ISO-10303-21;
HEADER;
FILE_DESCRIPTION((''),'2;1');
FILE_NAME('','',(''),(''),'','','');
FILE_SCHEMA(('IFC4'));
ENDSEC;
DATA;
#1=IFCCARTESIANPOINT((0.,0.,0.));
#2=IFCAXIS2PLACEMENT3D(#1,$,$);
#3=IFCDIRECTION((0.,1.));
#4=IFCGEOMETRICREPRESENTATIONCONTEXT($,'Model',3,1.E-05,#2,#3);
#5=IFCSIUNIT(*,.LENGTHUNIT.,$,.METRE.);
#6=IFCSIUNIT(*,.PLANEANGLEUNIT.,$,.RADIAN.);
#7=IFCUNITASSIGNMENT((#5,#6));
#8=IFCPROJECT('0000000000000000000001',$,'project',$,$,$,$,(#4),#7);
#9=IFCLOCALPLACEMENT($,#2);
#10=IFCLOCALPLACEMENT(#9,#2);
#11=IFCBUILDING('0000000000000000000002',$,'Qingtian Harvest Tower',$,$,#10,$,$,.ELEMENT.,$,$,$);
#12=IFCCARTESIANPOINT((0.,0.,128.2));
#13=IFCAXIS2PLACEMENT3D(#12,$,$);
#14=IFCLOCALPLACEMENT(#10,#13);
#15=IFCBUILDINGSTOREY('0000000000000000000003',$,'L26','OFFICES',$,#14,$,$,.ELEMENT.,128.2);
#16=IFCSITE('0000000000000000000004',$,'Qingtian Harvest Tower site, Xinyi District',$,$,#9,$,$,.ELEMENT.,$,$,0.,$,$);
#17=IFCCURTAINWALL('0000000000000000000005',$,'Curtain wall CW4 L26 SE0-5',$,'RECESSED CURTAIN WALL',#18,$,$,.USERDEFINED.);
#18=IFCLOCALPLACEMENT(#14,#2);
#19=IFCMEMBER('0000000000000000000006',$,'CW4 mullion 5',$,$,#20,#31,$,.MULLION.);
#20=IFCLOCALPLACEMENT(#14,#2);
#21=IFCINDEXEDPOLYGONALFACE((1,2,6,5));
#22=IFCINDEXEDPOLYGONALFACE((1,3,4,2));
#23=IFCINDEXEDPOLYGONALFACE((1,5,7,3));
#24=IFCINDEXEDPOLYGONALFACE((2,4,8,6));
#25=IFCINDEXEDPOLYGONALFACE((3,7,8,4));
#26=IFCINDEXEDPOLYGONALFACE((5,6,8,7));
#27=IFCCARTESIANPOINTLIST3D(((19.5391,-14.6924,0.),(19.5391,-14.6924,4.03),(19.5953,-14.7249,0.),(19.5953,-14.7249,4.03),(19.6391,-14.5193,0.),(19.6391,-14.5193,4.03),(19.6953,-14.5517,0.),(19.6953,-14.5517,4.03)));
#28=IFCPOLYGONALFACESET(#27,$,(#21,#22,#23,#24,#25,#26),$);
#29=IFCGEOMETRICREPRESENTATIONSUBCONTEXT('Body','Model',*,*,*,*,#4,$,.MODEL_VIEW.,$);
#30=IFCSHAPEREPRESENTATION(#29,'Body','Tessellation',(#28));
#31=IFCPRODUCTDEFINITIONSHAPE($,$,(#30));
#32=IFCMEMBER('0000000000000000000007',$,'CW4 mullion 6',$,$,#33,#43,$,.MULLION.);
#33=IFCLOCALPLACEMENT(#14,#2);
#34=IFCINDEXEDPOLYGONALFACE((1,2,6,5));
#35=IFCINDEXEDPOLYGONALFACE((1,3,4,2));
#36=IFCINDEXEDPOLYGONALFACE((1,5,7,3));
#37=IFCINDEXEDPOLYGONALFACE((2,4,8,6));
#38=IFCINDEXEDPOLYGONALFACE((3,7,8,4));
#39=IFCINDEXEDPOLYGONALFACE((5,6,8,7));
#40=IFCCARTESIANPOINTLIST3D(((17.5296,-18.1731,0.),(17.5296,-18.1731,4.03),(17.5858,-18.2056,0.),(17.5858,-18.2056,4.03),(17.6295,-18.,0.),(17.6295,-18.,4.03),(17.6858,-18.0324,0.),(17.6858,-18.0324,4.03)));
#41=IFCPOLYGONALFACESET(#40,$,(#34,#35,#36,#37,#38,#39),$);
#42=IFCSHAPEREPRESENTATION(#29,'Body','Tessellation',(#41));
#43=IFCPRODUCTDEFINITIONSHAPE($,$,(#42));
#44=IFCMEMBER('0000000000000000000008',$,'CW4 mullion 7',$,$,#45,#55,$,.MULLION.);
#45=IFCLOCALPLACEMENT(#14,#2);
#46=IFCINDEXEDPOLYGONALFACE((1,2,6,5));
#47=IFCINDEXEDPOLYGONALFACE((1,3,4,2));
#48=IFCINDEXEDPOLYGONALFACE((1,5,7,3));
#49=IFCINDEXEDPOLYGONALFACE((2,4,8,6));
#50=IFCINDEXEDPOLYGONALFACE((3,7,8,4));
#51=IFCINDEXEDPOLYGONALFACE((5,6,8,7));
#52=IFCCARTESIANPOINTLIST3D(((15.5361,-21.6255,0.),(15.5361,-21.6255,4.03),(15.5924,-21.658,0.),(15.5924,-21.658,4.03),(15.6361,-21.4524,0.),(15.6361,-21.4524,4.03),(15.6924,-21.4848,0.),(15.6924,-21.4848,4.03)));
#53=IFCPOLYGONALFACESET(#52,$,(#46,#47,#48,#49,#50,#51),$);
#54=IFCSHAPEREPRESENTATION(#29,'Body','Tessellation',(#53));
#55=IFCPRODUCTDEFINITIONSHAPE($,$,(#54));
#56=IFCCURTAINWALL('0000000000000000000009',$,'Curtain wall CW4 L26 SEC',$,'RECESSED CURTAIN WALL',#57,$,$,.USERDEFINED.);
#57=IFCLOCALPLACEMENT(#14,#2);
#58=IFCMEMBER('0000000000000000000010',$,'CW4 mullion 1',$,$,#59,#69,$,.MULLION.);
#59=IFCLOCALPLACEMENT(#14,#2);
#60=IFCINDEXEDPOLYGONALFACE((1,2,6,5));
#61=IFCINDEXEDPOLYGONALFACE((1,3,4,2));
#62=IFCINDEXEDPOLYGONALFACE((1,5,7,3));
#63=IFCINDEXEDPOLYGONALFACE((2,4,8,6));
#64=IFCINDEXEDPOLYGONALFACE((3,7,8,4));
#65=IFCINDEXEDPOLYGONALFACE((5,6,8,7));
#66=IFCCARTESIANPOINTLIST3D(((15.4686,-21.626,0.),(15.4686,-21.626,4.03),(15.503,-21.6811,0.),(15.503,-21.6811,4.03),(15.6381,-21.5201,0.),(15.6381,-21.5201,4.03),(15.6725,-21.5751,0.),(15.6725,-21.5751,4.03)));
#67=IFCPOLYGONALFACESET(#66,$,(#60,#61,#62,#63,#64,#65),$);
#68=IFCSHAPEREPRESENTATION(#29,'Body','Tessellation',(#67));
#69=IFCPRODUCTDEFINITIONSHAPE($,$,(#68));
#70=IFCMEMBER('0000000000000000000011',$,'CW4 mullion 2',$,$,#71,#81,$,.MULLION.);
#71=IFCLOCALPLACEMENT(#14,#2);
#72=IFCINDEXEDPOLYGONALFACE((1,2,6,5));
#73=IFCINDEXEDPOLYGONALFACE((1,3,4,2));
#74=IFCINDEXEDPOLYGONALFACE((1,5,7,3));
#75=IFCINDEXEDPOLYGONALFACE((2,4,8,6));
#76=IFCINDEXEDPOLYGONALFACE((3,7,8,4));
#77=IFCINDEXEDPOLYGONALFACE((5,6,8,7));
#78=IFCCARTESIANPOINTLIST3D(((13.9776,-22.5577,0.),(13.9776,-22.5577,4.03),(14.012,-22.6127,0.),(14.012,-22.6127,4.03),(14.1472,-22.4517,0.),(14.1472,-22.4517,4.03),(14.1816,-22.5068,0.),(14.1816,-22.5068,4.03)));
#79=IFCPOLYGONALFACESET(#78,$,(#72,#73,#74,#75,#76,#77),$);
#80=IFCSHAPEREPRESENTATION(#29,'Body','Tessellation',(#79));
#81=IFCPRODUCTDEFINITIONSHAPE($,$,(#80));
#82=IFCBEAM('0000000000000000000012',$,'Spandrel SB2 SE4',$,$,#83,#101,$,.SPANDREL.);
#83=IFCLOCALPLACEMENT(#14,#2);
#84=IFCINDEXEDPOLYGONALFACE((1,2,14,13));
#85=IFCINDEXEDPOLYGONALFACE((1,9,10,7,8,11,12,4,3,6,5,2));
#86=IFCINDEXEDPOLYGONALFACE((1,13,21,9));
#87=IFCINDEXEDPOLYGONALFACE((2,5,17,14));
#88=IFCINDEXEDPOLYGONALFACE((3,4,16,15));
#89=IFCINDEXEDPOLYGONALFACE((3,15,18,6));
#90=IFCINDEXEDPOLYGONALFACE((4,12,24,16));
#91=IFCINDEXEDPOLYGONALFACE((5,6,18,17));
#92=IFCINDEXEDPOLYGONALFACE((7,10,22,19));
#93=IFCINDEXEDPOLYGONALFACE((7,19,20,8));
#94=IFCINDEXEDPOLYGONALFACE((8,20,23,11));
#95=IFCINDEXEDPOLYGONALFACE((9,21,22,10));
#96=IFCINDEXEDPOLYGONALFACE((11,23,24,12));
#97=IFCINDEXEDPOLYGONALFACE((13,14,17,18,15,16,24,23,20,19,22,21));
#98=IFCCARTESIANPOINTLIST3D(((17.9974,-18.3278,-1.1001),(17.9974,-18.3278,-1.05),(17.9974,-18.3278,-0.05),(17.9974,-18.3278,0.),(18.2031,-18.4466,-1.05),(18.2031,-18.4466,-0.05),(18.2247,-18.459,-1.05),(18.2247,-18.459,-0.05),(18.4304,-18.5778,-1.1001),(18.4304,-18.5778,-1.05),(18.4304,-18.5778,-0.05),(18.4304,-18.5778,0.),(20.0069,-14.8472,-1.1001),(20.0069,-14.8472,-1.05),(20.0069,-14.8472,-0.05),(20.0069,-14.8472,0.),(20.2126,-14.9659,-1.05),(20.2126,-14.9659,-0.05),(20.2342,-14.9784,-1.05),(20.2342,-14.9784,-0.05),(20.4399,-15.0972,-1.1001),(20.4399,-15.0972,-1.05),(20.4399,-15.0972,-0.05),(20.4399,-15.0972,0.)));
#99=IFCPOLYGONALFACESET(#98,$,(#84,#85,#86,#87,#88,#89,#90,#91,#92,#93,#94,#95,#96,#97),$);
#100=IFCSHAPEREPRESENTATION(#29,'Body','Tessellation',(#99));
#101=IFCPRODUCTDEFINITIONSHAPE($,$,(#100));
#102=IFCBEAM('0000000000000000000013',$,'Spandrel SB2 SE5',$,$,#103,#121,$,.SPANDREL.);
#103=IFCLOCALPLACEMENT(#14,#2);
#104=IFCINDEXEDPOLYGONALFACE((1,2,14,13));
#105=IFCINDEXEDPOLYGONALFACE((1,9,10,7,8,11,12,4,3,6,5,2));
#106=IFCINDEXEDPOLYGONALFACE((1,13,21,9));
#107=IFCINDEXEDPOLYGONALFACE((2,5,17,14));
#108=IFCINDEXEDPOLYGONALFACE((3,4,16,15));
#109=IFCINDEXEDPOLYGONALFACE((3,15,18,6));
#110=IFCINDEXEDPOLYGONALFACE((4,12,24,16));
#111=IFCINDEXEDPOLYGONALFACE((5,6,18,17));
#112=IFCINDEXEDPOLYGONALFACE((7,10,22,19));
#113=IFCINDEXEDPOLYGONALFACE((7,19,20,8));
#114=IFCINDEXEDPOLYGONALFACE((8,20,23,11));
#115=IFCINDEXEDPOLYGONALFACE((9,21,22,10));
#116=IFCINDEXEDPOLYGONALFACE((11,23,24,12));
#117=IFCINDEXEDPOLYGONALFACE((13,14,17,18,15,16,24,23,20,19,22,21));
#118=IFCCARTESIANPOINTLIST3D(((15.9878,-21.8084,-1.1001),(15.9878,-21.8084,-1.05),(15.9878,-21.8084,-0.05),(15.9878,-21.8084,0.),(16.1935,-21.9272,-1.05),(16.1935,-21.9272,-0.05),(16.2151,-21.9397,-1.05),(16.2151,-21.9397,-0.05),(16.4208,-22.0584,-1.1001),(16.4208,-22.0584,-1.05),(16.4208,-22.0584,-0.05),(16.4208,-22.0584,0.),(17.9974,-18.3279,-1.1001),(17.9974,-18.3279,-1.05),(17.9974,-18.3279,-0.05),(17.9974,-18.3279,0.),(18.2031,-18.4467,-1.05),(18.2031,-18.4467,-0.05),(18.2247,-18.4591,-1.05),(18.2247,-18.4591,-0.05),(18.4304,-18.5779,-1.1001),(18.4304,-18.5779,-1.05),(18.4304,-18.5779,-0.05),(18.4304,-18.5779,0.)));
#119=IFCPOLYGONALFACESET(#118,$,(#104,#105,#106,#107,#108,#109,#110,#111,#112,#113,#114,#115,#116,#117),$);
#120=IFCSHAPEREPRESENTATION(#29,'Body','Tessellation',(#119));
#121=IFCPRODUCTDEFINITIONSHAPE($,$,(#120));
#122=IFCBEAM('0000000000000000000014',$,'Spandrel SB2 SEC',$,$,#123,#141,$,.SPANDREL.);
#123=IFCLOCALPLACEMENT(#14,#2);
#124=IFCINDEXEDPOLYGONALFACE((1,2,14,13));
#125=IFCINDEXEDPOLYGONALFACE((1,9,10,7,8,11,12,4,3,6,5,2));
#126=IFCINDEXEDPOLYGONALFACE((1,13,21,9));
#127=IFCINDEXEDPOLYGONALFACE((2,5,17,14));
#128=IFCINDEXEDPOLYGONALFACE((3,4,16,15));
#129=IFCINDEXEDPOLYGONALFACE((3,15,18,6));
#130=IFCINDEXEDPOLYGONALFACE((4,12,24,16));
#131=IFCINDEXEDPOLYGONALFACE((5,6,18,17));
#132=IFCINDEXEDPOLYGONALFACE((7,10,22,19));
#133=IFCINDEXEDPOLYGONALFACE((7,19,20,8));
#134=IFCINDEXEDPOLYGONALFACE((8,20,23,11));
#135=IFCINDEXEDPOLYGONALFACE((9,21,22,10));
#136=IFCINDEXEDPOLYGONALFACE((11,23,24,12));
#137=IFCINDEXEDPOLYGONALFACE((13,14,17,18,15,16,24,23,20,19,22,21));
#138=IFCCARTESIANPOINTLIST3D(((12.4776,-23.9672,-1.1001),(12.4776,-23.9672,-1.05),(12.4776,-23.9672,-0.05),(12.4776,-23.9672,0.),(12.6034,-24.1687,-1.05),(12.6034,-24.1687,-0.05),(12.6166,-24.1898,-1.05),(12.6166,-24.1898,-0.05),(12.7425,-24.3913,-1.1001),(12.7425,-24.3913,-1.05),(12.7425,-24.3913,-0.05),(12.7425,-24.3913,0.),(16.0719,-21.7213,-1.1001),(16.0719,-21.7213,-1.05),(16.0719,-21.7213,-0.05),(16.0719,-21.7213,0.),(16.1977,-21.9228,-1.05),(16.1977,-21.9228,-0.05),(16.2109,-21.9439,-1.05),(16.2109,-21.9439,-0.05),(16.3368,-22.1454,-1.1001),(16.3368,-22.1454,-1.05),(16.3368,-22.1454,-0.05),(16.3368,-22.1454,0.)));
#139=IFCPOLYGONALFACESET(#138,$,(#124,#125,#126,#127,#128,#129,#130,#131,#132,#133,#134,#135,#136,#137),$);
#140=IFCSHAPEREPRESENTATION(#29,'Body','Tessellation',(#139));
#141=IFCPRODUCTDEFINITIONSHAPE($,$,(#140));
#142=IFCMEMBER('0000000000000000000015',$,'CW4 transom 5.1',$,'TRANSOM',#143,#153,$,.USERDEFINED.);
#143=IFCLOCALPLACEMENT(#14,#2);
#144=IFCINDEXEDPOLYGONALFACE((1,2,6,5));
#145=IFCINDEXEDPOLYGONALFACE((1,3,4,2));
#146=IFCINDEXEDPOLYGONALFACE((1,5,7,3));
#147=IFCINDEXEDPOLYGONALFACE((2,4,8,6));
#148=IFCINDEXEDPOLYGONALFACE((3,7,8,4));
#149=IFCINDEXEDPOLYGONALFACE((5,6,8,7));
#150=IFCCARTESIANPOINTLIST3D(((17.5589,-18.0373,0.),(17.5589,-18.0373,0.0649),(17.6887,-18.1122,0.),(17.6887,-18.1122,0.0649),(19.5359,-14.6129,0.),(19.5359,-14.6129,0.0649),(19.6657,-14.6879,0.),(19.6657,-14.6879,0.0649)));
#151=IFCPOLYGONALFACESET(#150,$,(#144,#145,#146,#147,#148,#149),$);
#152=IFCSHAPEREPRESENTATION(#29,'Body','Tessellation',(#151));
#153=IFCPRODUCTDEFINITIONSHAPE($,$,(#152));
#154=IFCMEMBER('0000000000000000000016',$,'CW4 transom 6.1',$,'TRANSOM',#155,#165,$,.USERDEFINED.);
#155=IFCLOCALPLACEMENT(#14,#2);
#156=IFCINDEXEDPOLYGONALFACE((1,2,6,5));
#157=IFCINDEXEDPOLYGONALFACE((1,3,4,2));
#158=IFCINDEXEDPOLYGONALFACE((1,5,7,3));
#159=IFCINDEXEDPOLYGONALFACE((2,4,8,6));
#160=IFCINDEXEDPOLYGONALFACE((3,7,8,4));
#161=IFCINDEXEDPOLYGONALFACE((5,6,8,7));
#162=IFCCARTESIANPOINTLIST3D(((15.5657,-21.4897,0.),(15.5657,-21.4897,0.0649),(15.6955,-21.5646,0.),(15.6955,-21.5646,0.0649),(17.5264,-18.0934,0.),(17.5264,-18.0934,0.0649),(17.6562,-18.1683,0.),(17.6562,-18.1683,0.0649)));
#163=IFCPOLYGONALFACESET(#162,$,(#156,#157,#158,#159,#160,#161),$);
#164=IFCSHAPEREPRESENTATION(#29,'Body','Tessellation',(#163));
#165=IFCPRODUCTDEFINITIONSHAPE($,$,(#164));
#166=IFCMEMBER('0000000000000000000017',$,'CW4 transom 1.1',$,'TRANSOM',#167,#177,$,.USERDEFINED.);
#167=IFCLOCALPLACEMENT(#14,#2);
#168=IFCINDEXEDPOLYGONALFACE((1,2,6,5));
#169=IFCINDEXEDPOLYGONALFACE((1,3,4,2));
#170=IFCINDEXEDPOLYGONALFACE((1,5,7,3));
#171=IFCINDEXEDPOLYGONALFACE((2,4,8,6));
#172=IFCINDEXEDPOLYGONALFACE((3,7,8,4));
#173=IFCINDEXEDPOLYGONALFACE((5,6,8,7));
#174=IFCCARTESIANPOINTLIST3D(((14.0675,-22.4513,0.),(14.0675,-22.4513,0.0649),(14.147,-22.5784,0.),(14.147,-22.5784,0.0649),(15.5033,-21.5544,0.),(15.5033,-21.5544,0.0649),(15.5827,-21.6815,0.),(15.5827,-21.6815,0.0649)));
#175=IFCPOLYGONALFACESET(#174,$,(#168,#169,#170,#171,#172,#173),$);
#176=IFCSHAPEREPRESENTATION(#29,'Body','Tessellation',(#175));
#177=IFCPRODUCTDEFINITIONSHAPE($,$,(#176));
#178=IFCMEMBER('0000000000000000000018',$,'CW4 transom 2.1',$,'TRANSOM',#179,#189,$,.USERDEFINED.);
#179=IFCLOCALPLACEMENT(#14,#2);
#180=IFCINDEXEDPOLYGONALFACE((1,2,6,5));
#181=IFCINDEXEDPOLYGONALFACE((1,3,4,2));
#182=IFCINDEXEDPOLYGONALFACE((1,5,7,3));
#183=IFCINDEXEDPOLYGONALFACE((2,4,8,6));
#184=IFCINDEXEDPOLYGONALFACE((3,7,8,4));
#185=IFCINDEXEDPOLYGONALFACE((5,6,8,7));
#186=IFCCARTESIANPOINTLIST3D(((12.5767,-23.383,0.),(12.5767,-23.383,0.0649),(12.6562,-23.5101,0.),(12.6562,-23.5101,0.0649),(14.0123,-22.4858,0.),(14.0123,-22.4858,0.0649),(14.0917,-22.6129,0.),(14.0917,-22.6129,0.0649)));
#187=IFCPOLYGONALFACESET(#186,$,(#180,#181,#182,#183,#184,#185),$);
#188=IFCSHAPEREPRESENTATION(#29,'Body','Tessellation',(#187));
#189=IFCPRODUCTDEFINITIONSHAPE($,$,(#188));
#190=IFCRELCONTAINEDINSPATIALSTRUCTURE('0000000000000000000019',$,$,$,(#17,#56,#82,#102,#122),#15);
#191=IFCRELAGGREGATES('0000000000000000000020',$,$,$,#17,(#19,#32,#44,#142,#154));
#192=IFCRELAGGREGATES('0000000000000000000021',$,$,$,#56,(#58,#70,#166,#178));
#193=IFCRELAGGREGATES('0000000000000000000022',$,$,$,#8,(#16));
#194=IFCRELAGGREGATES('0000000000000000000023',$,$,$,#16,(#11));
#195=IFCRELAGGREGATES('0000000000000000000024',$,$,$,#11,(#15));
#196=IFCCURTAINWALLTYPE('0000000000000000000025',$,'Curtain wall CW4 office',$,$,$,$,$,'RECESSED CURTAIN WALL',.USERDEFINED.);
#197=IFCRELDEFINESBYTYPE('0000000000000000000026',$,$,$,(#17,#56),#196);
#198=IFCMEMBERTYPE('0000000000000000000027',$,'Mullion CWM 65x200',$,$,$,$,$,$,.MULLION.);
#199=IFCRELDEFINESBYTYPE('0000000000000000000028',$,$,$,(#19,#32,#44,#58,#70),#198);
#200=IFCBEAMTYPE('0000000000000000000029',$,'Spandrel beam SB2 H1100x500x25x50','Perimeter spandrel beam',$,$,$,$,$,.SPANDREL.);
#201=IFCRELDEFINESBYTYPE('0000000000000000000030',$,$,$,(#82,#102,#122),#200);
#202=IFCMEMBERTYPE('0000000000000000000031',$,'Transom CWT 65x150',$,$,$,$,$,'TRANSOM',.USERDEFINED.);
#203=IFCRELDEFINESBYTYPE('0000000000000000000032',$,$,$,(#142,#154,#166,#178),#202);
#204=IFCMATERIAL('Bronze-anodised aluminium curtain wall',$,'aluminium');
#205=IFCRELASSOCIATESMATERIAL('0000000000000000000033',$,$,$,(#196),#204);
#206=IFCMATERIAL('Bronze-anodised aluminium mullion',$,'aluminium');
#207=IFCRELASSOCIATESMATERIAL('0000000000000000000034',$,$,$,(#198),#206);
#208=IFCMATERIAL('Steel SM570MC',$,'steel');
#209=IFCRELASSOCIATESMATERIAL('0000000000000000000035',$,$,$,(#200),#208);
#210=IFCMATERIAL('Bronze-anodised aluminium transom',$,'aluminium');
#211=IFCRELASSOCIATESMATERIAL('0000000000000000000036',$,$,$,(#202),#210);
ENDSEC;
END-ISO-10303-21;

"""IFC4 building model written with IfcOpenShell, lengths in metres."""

from ifc_helpers import new_model, si_unit, direction, frame, origin, origin_2d, place, context, subcontext, project, spatial, rectangle, i_section, extrude, material, material_profile, profile_set, type_object, element, aggregate, save


model = new_model("IFC4")

# Units and contexts
model_context = context("Model", 3, precision=1e-05, world=origin(), true_north=direction((0.0, 1.0)))
body_context = subcontext(model_context, "Body", "Model", "MODEL_VIEW")
ifc_project = project(units=[si_unit("LENGTHUNIT", "METRE"), si_unit("PLANEANGLEUNIT", "RADIAN")], contexts=[model_context])

# Site, building, storey
site_placement = place(None, origin())
site = spatial("IfcSite", under=ifc_project, at=site_placement, Name="Qingtian Harvest Tower site, Xinyi District", CompositionType="ELEMENT", RefElevation=0.0)
building_placement = place(site_placement, origin())
building = spatial("IfcBuilding", under=site, at=building_placement, Name="Qingtian Harvest Tower", CompositionType="ELEMENT")
storey_placement = place(building_placement, frame((0.0, 0.0, 128.2)))
storey = spatial("IfcBuildingStorey", under=building, at=storey_placement, Name="L26", Description="OFFICES", CompositionType="ELEMENT", Elevation=128.2)

# Curtain walls, members
ifc_material_1 = material(Name="Bronze-anodised aluminium curtain wall", Category="aluminium")
curtain_wall_type = type_object("IfcCurtainWallType", Name="Curtain wall CW4 office", ElementType="RECESSED CURTAIN WALL", PredefinedType="USERDEFINED", material=ifc_material_1)
curtain_wall_1_placement = place(storey_placement, origin())
curtain_wall_1 = element("IfcCurtainWall", 1, at=curtain_wall_1_placement, inside=storey, type_object=curtain_wall_type, Name="Curtain wall CW4 L26 SE0-5", ObjectType="RECESSED CURTAIN WALL", PredefinedType="USERDEFINED")
ifc_material_2 = material(Name="Bronze-anodised aluminium mullion", Category="aluminium")
ifc_material_profile_1 = material_profile(ifc_material_2, rectangle(XDim=0.0649, YDim=0.2, at=origin_2d()), Name="AL 65x200")
ifc_profile_set_1 = profile_set([ifc_material_profile_1], Name="Bronze-anodised aluminium mullion")
member_type_1 = type_object("IfcMemberType", Name="Mullion CWM 65x200", PredefinedType="MULLION", material=ifc_profile_set_1)
member_1_placement = place(storey_placement, frame((19.6172, -14.6221, 0.0), z_axis=(0.0, 0.0, 1.0), x_axis=(0.866025, -0.5, 0.0)))
member_1 = element("IfcMember", 2, at=member_1_placement, type_object=member_type_1, Name="CW4 mullion 5", PredefinedType="MULLION", context=body_context, shape_type="SweptSolid", body=[
    extrude(rectangle(XDim=0.0649, YDim=0.2, at=origin_2d()), origin(), (0.0, 0.0, 1.0), 4.03),
])
member_2_placement = place(storey_placement, frame((17.6077, -18.1028, 0.0), z_axis=(0.0, 0.0, 1.0), x_axis=(0.866025, -0.5, 0.0)))
member_2 = element("IfcMember", 3, at=member_2_placement, type_object=member_type_1, Name="CW4 mullion 6", PredefinedType="MULLION", context=body_context, shape_type="SweptSolid", body=[
    extrude(rectangle(XDim=0.0649, YDim=0.2, at=origin_2d()), origin(), (0.0, 0.0, 1.0), 4.03),
])
member_3_placement = place(storey_placement, frame((15.6143, -21.5552, 0.0), z_axis=(0.0, 0.0, 1.0), x_axis=(0.866025, -0.5, 0.0)))
member_3 = element("IfcMember", 4, at=member_3_placement, type_object=member_type_1, Name="CW4 mullion 7", PredefinedType="MULLION", context=body_context, shape_type="SweptSolid", body=[
    extrude(rectangle(XDim=0.0649, YDim=0.2, at=origin_2d()), origin(), (0.0, 0.0, 1.0), 4.03),
])
curtain_wall_2_placement = place(storey_placement, origin())
curtain_wall_2 = element("IfcCurtainWall", 5, at=curtain_wall_2_placement, inside=storey, type_object=curtain_wall_type, Name="Curtain wall CW4 L26 SEC", ObjectType="RECESSED CURTAIN WALL", PredefinedType="USERDEFINED")
member_4_placement = place(storey_placement, frame((15.5706, -21.6006, 0.0), z_axis=(0.0, 0.0, 1.0), x_axis=(0.529919, -0.848048, 0.0)))
member_4 = element("IfcMember", 6, at=member_4_placement, type_object=member_type_1, Name="CW4 mullion 1", PredefinedType="MULLION", context=body_context, shape_type="SweptSolid", body=[
    extrude(rectangle(XDim=0.0649, YDim=0.2, at=origin_2d()), origin(), (0.0, 0.0, 1.0), 4.03),
])
member_5_placement = place(storey_placement, frame((14.0796, -22.5322, 0.0), z_axis=(0.0, 0.0, 1.0), x_axis=(0.529919, -0.848048, 0.0)))
member_5 = element("IfcMember", 7, at=member_5_placement, type_object=member_type_1, Name="CW4 mullion 2", PredefinedType="MULLION", context=body_context, shape_type="SweptSolid", body=[
    extrude(rectangle(XDim=0.0649, YDim=0.2, at=origin_2d()), origin(), (0.0, 0.0, 1.0), 4.03),
])

# Beams
ifc_material_3 = material(Name="Steel SM570MC", Category="steel")
ifc_material_profile_2 = material_profile(ifc_material_3, i_section(OverallWidth=0.5, OverallDepth=1.1001, WebThickness=0.0249, FlangeThickness=0.05, at=origin_2d()), Name="H1100x500x25x50")
ifc_profile_set_2 = profile_set([ifc_material_profile_2], Name="Steel SM570MC")
beam_type_1 = type_object("IfcBeamType", Name="Spandrel beam SB2 H1100x500x25x50", Description="Perimeter spandrel beam", PredefinedType="SPANDREL", material=ifc_profile_set_2)
for number, where, z_axis, x_axis, name in (
    (8, (20.2234, -14.9722, -0.55), (-0.499987, -0.866033, 0.0), (0.866033, -0.499987, 0.0), "Spandrel SB2 SE4"),
    (9, (18.2139, -18.4529, -0.55), (-0.500013, -0.866018, 0.0), (0.866018, -0.500013, 0.0), "Spandrel SB2 SE5"),
):
    element("IfcBeam", number, at=place(storey_placement, frame(where, z_axis=z_axis, x_axis=x_axis)), inside=storey, type_object=beam_type_1, Name=name, PredefinedType="SPANDREL", context=body_context, shape_type="SweptSolid", body=[
        extrude(i_section(OverallWidth=0.5, OverallDepth=1.1001, WebThickness=0.0249, FlangeThickness=0.05, at=origin_2d()), origin(), (0.0, 0.0, 1.0), 4.019),
    ])
beam_1_placement = place(storey_placement, frame((16.2043, -21.9333, -0.55), z_axis=(-0.848057, -0.529906, 0.0), x_axis=(0.529906, -0.848057, 0.0)))
element("IfcBeam", 10, at=beam_1_placement, inside=storey, type_object=beam_type_1, Name="Spandrel SB2 SEC", PredefinedType="SPANDREL", context=body_context, shape_type="SweptSolid", body=[
    extrude(i_section(OverallWidth=0.5, OverallDepth=1.1001, WebThickness=0.0249, FlangeThickness=0.05, at=origin_2d()), origin(), (0.0, 0.0, 1.0), 4.2383),
])

# Members
ifc_material_4 = material(Name="Bronze-anodised aluminium transom", Category="aluminium")
ifc_material_profile_3 = material_profile(ifc_material_4, rectangle(XDim=0.1499, YDim=0.0649, at=origin_2d()), Name="AL 65x150")
ifc_profile_set_3 = profile_set([ifc_material_profile_3], Name="Bronze-anodised aluminium transom")
member_type_2 = type_object("IfcMemberType", Name="Transom CWT 65x150", ElementType="TRANSOM", PredefinedType="USERDEFINED", material=ifc_profile_set_3)
member_6_placement = place(storey_placement, frame((19.6008, -14.6504, 0.0325), z_axis=(-0.500004, -0.866023, 0.0), x_axis=(0.866023, -0.500004, 0.0)))
member_6 = element("IfcMember", 11, at=member_6_placement, type_object=member_type_2, Name="CW4 transom 5.1", ObjectType="TRANSOM", PredefinedType="USERDEFINED", context=body_context, shape_type="SweptSolid", body=[
    extrude(rectangle(XDim=0.1499, YDim=0.0649, at=origin_2d()), origin(), (0.0, 0.0, 1.0), 3.9541),
])
member_7_placement = place(storey_placement, frame((17.5913, -18.1309, 0.0325), z_axis=(-0.499976, -0.866039, 0.0), x_axis=(0.866039, -0.499976, 0.0)))
member_7 = element("IfcMember", 12, at=member_7_placement, type_object=member_type_2, Name="CW4 transom 6.1", ObjectType="TRANSOM", PredefinedType="USERDEFINED", context=body_context, shape_type="SweptSolid", body=[
    extrude(rectangle(XDim=0.1499, YDim=0.0649, at=origin_2d()), origin(), (0.0, 0.0, 1.0), 3.9216),
])
member_8_placement = place(storey_placement, frame((15.543, -21.6179, 0.0325), z_axis=(-0.848104, -0.52983, 0.0), x_axis=(0.52983, -0.848104, 0.0)))
member_8 = element("IfcMember", 13, at=member_8_placement, type_object=member_type_2, Name="CW4 transom 1.1", ObjectType="TRANSOM", PredefinedType="USERDEFINED", context=body_context, shape_type="SweptSolid", body=[
    extrude(rectangle(XDim=0.1499, YDim=0.0649, at=origin_2d()), origin(), (0.0, 0.0, 1.0), 1.6929),
])
member_9_placement = place(storey_placement, frame((14.052, -22.5493, 0.0325), z_axis=(-0.847998, -0.529999, 0.0), x_axis=(0.529999, -0.847998, 0.0)))
member_9 = element("IfcMember", 14, at=member_9_placement, type_object=member_type_2, Name="CW4 transom 2.1", ObjectType="TRANSOM", PredefinedType="USERDEFINED", context=body_context, shape_type="SweptSolid", body=[
    extrude(rectangle(XDim=0.1499, YDim=0.0649, at=origin_2d()), origin(), (0.0, 0.0, 1.0), 1.6929),
])

aggregate(curtain_wall_1, [member_1, member_2, member_3, member_6, member_7])
aggregate(curtain_wall_2, [member_4, member_5, member_8, member_9])

save(model, "model.ifc")
